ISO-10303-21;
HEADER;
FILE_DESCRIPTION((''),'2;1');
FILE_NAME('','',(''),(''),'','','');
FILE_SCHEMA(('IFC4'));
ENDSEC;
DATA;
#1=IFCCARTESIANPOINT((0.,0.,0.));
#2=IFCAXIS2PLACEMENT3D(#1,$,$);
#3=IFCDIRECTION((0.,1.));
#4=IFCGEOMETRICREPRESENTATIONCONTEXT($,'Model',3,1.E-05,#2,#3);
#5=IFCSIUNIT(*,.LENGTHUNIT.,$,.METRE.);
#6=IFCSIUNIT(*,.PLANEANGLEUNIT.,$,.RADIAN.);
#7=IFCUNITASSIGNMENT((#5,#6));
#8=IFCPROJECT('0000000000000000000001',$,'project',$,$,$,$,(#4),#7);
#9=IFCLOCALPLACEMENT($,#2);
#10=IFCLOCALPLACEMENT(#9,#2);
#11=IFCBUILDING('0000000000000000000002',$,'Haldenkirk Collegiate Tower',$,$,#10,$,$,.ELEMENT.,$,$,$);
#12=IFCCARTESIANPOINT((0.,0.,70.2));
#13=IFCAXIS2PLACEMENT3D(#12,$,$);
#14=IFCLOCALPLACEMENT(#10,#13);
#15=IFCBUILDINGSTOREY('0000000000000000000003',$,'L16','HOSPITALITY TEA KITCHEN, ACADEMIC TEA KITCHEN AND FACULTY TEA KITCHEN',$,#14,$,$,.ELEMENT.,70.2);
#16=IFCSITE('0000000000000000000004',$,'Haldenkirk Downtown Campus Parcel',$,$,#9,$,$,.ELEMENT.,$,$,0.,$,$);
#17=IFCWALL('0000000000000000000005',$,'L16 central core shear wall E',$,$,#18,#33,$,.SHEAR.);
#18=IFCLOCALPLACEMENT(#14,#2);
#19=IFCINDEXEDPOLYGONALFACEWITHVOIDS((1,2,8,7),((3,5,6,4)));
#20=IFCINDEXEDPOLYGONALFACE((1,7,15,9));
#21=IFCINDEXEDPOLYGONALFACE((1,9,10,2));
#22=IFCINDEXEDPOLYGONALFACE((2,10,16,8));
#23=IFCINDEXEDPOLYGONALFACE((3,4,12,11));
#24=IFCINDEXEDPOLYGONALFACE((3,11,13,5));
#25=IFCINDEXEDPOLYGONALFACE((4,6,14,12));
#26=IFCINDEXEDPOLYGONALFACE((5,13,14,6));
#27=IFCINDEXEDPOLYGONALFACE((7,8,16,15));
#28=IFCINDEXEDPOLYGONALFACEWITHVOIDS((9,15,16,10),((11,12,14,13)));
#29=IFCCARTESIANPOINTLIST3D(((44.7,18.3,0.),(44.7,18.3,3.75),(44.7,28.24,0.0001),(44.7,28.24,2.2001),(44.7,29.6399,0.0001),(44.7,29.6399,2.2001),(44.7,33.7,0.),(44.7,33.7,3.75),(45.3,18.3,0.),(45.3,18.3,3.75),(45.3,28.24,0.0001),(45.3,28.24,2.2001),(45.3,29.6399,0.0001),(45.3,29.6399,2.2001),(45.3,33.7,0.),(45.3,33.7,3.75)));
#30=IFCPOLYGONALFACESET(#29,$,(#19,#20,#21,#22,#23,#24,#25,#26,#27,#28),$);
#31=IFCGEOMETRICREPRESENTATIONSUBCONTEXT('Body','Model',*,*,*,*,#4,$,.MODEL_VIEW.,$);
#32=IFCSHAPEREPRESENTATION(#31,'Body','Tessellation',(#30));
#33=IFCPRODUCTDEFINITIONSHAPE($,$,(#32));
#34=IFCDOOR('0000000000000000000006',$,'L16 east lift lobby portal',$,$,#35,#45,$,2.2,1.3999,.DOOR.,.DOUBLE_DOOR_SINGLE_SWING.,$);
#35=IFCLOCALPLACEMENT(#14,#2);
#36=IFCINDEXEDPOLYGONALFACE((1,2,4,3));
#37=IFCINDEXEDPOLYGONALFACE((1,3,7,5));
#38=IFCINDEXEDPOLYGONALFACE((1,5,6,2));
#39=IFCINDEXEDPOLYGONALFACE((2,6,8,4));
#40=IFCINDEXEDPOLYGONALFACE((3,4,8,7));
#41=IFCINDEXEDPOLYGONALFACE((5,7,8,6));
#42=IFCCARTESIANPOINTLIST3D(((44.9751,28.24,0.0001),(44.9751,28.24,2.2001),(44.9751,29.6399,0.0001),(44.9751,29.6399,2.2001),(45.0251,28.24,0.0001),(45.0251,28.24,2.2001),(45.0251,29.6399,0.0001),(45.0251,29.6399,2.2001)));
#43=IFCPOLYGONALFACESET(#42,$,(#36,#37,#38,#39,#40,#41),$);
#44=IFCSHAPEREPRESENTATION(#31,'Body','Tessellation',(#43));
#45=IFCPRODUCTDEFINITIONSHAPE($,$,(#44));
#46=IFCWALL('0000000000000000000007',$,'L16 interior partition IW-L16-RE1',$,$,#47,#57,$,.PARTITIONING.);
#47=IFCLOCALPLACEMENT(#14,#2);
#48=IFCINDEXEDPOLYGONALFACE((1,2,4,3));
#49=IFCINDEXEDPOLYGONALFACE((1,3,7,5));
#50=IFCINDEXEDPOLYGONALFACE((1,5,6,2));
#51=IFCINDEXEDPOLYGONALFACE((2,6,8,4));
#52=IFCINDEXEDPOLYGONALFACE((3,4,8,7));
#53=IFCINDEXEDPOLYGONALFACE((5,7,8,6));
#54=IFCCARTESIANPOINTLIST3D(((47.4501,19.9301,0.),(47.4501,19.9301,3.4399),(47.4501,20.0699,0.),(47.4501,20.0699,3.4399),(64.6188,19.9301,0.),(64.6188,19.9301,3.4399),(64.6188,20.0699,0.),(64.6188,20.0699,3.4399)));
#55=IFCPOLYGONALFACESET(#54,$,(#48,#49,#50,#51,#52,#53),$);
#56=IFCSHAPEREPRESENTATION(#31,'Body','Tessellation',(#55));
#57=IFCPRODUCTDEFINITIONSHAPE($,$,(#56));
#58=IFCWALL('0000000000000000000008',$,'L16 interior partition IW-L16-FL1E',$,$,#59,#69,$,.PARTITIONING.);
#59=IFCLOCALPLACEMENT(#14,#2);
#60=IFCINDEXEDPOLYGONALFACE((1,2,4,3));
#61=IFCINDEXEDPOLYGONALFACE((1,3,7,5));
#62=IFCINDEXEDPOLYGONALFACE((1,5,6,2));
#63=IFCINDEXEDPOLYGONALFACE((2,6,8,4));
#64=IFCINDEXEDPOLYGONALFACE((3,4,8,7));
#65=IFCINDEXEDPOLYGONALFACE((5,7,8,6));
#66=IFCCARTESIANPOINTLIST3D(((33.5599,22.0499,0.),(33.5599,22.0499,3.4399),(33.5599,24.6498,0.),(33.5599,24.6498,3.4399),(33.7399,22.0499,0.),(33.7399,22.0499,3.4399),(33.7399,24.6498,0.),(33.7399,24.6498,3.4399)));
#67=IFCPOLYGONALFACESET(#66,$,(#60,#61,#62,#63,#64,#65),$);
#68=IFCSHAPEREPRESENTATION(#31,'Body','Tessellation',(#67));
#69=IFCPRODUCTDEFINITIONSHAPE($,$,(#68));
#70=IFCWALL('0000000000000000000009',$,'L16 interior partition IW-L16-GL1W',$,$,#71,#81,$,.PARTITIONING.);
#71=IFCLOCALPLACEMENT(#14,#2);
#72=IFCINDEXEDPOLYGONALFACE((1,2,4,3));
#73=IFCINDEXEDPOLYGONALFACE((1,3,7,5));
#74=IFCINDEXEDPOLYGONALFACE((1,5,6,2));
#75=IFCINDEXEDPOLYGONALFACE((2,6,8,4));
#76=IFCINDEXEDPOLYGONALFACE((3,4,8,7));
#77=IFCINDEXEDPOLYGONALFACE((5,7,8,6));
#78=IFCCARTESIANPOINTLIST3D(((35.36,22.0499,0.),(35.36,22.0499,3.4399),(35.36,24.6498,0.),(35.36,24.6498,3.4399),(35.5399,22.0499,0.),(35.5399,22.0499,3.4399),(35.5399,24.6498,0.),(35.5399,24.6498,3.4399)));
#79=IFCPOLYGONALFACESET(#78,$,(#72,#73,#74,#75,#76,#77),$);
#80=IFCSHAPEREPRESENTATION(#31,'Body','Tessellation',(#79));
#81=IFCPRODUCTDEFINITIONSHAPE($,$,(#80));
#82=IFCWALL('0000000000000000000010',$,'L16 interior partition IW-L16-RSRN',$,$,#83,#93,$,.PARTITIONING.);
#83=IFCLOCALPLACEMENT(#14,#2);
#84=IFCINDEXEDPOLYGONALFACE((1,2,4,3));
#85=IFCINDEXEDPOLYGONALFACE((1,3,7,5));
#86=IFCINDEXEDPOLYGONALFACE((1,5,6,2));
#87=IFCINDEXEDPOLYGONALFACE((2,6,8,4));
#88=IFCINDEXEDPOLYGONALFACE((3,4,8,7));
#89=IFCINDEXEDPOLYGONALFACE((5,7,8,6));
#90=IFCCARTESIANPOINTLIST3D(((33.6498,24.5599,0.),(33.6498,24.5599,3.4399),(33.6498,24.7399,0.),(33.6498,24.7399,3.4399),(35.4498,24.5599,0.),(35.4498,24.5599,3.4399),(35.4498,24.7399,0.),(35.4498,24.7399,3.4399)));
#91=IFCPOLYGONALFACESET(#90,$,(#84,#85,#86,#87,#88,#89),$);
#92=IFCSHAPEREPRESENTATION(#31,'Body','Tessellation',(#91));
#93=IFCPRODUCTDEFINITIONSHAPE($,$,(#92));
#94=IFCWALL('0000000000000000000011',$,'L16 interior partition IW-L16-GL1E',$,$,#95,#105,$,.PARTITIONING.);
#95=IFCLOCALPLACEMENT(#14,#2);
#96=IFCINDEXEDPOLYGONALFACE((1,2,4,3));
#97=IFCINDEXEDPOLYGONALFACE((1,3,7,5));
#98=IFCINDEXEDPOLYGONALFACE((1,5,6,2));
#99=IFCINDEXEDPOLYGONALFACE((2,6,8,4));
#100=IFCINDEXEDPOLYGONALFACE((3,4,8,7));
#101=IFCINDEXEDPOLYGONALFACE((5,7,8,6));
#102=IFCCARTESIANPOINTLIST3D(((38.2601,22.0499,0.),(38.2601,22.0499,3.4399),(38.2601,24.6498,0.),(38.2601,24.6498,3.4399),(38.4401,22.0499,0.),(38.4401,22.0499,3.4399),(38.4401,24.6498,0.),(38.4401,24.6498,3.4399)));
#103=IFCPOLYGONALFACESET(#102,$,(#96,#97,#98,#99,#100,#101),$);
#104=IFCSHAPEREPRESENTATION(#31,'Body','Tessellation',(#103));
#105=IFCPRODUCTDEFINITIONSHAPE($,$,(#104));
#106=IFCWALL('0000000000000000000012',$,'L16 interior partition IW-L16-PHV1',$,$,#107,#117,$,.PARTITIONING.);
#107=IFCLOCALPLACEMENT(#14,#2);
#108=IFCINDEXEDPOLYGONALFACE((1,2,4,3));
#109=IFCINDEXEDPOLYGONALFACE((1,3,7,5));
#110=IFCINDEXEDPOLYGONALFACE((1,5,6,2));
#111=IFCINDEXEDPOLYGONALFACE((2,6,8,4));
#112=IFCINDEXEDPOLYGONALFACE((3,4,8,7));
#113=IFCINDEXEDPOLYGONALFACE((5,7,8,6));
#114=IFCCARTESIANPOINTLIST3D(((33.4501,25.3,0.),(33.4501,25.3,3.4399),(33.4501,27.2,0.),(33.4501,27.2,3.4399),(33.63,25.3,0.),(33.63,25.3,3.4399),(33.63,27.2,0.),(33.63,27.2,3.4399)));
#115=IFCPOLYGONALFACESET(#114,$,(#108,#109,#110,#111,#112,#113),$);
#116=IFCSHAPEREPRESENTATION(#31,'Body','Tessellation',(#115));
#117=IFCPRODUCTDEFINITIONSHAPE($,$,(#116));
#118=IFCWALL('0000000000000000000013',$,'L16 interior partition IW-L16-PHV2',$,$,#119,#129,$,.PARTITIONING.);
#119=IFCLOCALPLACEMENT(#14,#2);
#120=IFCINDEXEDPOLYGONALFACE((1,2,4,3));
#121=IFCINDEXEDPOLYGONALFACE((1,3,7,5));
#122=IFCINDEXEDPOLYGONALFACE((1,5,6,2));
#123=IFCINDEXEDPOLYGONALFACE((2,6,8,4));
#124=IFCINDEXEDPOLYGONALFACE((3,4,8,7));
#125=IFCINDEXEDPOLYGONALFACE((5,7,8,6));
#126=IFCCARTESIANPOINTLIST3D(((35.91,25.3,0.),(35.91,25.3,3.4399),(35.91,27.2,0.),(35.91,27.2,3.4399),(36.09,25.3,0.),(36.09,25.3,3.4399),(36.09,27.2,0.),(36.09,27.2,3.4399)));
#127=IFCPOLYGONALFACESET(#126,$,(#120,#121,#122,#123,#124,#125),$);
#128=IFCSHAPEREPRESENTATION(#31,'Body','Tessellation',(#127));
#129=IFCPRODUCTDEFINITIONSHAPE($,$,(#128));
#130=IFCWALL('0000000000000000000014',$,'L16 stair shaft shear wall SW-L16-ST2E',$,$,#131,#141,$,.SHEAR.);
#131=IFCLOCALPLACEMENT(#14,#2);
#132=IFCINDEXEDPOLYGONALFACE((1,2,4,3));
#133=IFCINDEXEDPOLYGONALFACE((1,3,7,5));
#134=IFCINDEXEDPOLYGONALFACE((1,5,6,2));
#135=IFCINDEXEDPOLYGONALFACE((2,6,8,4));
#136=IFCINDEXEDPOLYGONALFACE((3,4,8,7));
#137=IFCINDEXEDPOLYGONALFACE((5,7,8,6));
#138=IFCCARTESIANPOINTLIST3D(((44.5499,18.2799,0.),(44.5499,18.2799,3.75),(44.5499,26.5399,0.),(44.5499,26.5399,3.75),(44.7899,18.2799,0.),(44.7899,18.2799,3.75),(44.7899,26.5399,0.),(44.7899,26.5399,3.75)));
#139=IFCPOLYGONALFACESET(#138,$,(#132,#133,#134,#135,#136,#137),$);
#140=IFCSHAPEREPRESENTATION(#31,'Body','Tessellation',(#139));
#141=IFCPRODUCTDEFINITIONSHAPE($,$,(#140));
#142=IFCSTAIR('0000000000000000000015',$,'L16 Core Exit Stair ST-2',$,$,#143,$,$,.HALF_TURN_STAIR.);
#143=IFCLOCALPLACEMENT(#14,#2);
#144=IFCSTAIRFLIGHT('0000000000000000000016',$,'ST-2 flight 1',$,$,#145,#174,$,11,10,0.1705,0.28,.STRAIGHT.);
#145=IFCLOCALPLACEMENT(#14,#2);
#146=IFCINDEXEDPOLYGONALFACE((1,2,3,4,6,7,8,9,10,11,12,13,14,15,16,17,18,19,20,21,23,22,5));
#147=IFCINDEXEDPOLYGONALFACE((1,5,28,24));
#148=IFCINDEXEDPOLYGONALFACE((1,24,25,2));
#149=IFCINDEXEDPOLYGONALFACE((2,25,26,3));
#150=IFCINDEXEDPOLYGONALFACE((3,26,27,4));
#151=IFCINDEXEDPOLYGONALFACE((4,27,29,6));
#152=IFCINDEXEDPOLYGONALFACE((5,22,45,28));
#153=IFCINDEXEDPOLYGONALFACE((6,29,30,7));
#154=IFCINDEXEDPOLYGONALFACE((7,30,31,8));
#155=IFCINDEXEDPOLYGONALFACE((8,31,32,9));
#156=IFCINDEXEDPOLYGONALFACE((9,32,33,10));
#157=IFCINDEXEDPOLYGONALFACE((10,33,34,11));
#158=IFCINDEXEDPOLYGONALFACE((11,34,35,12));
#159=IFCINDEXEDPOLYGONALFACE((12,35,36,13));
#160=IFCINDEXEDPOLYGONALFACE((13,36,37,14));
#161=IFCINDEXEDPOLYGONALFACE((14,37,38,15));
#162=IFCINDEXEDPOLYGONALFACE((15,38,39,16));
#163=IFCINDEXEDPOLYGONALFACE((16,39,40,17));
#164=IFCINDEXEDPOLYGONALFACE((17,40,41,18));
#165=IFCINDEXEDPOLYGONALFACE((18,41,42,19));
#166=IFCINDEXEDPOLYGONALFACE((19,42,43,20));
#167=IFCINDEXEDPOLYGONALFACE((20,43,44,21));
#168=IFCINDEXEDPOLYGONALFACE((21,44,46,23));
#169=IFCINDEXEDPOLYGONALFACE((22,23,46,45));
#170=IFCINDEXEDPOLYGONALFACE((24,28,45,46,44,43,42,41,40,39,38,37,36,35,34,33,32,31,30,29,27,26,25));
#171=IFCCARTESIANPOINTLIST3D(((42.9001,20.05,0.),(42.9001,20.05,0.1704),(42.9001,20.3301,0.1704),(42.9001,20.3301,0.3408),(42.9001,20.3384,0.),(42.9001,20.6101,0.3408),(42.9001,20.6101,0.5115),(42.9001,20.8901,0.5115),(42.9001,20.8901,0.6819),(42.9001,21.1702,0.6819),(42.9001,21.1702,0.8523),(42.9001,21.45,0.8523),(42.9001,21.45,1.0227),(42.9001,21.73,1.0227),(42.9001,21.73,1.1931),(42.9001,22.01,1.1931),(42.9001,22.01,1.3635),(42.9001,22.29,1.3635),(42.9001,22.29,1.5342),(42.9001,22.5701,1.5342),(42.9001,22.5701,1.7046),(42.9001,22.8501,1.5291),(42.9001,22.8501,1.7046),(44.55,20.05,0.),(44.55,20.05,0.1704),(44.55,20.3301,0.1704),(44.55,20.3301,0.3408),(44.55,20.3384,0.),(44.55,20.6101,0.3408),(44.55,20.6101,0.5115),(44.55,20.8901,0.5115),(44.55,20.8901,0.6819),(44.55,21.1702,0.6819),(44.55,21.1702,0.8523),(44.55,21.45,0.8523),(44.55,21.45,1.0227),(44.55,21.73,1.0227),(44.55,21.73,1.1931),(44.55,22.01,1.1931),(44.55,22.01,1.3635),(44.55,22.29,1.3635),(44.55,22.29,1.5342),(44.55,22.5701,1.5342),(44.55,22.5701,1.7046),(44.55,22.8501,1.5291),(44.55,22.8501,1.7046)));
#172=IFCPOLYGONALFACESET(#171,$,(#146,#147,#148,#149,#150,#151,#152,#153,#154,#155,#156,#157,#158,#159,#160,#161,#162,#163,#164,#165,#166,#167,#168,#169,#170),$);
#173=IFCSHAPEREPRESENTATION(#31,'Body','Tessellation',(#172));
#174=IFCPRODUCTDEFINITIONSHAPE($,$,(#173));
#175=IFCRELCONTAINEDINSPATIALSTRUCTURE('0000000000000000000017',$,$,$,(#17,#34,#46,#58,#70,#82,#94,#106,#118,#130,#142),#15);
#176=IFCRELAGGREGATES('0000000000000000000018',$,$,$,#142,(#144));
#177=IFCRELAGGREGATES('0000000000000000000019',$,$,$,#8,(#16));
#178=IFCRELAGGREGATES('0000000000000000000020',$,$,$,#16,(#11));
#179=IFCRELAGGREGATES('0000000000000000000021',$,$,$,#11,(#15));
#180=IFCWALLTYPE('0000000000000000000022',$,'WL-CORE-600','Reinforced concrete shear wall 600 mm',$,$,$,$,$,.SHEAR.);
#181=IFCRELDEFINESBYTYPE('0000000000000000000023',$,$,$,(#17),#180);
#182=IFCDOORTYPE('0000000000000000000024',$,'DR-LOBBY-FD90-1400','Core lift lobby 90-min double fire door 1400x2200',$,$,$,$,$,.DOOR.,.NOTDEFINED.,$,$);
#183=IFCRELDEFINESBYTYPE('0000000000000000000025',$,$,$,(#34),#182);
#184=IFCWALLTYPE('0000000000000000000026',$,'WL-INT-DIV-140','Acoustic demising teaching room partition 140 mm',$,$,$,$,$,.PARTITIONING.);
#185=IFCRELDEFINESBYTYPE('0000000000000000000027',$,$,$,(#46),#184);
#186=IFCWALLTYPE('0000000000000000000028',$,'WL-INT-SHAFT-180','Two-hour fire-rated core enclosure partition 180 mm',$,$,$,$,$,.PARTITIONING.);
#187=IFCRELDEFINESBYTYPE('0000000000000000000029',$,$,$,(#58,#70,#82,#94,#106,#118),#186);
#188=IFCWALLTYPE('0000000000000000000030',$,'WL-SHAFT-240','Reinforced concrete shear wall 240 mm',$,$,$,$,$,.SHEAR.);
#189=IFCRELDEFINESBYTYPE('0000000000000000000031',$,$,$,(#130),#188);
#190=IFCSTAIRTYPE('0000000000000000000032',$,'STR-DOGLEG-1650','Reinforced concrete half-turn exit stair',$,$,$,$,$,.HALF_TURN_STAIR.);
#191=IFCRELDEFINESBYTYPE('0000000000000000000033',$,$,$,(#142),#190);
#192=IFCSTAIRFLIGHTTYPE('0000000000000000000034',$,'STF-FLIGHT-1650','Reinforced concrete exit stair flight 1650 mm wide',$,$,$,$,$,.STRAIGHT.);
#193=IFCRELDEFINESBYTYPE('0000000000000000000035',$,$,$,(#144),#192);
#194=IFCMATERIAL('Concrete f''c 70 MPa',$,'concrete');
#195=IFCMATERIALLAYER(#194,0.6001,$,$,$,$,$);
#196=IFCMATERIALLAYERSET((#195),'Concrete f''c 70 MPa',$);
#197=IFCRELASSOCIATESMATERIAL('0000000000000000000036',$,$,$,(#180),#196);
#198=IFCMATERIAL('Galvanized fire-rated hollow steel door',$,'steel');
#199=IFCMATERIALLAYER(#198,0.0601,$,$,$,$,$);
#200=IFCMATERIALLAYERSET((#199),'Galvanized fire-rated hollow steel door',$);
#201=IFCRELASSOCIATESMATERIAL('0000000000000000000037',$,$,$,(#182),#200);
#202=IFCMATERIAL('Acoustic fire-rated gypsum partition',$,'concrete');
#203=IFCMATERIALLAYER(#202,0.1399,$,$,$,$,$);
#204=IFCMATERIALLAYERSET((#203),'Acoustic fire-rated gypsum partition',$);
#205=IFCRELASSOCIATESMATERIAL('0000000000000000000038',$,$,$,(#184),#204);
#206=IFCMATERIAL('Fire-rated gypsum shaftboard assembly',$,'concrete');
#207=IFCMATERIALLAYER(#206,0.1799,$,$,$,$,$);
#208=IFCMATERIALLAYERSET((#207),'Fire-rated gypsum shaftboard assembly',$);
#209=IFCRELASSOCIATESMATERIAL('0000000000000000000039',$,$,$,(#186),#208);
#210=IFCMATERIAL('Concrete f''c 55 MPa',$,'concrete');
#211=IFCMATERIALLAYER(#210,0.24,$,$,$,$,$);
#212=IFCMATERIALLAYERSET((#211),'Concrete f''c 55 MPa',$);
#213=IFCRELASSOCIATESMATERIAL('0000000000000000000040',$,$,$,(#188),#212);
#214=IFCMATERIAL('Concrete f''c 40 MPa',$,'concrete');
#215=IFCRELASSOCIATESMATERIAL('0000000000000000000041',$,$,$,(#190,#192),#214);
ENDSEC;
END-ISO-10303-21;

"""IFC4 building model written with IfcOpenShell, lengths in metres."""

from ifc_helpers import new_model, si_unit, direction, frame, frame_2d, origin, place, context, subcontext, project, spatial, polyline, rectangle, outline, extrude, material, layer, layer_set, type_object, element, fill, aggregate, save


model = new_model("IFC4")

# Units and contexts
model_context = context("Model", 3, precision=1e-05, world=origin(), true_north=direction((0.0, 1.0)))
body_context = subcontext(model_context, "Body", "Model", "MODEL_VIEW")
ifc_project = project(units=[si_unit("LENGTHUNIT", "METRE"), si_unit("PLANEANGLEUNIT", "RADIAN")], contexts=[model_context])

# Site, building, storey
site_placement = place(None, origin())
site = spatial("IfcSite", under=ifc_project, at=site_placement, Name="Haldenkirk Downtown Campus Parcel", CompositionType="ELEMENT", RefElevation=0.0)
building_placement = place(site_placement, origin())
building = spatial("IfcBuilding", under=site, at=building_placement, Name="Haldenkirk Collegiate Tower", CompositionType="ELEMENT")
storey_placement = place(building_placement, frame((0.0, 0.0, 70.2)))
storey = spatial("IfcBuildingStorey", under=building, at=storey_placement, Name="L16", Description="HOSPITALITY TEA KITCHEN, ACADEMIC TEA KITCHEN AND FACULTY TEA KITCHEN", CompositionType="ELEMENT", Elevation=70.2)

# Wall, opening, door
ifc_material_1 = material(Name="Concrete f'c 70 MPa", Category="concrete")
ifc_layer_1 = layer(ifc_material_1, 0.6001)
ifc_layer_set_1 = layer_set([ifc_layer_1], Name="Concrete f'c 70 MPa")
wall_type_1 = type_object("IfcWallType", Name="WL-CORE-600", Description="Reinforced concrete shear wall 600 mm", PredefinedType="SHEAR", material=ifc_layer_set_1)
wall_1_placement = place(storey_placement, frame((45.0, 18.3, 0.0), z_axis=(0.0, 0.0, 1.0), x_axis=(0.0, 1.0, 0.0)))
wall_1 = element("IfcWall", 1, at=wall_1_placement, inside=storey, type_object=wall_type_1, Name="L16 central core shear wall E", PredefinedType="SHEAR", context=body_context, shape_type="SweptSolid", body=[
    extrude(rectangle(XDim=15.3999, YDim=0.6001, at=frame_2d((7.7, 0.0))), origin(), (0.0, 0.0, 1.0), 3.75),
])
opening_1_placement = place(wall_1_placement, frame((9.9399, 0.0, 0.0)))
opening_1 = element("IfcOpeningElement", 2, at=opening_1_placement, cuts=wall_1, PredefinedType="OPENING", context=body_context, shape_type="SweptSolid", body=[
    extrude(rectangle(XDim=1.3999, YDim=2.2, at=frame_2d((0.7, 1.1001))), frame((0.0, 0.3101, 0.0), z_axis=(0.0, -1.0, 0.0), x_axis=(1.0, 0.0, 0.0)), (0.0, 0.0, 1.0), 0.6201),
])
ifc_material_2 = material(Name="Galvanized fire-rated hollow steel door", Category="steel")
ifc_layer_2 = layer(ifc_material_2, 0.0601)
ifc_layer_set_2 = layer_set([ifc_layer_2], Name="Galvanized fire-rated hollow steel door")
door_type_1 = type_object("IfcDoorType", Name="DR-LOBBY-FD90-1400", Description="Core lift lobby 90-min double fire door 1400x2200", OperationType="NOTDEFINED", PredefinedType="DOOR", material=ifc_layer_set_2)
door_1_placement = place(opening_1_placement, origin())
door_1 = element("IfcDoor", 3, at=door_1_placement, inside=storey, type_object=door_type_1, Name="L16 east lift lobby portal", OperationType="DOUBLE_DOOR_SINGLE_SWING", OverallHeight=2.2, OverallWidth=1.3999, PredefinedType="DOOR", context=body_context, shape_type="SweptSolid", body=[
    extrude(rectangle(XDim=1.3999, YDim=2.2, at=frame_2d((0.7, 1.1001))), frame((0.0, 0.0249, 0.0), z_axis=(0.0, -1.0, 0.0), x_axis=(1.0, 0.0, 0.0)), (0.0, 0.0, 1.0), 0.05),
])
fill(opening_1, door_1)

# Walls
ifc_material_3 = material(Name="Acoustic fire-rated gypsum partition", Category="concrete")
ifc_layer_3 = layer(ifc_material_3, 0.1399)
ifc_layer_set_3 = layer_set([ifc_layer_3], Name="Acoustic fire-rated gypsum partition")
wall_type_2 = type_object("IfcWallType", Name="WL-INT-DIV-140", Description="Acoustic demising teaching room partition 140 mm", PredefinedType="PARTITIONING", material=ifc_layer_set_3)
wall_2_placement = place(storey_placement, frame((47.45, 20.0, 0.0), z_axis=(0.0, 0.0, 1.0), x_axis=(1.0, 0.0, 0.0)))
element("IfcWall", 4, at=wall_2_placement, inside=storey, type_object=wall_type_2, Name="L16 interior partition IW-L16-RE1", PredefinedType="PARTITIONING", context=body_context, shape_type="SweptSolid", body=[
    extrude(rectangle(XDim=17.1687, YDim=0.1399, at=frame_2d((8.5845, 0.0))), origin(), (0.0, 0.0, 1.0), 3.4399),
])
ifc_material_4 = material(Name="Fire-rated gypsum shaftboard assembly", Category="concrete")
ifc_layer_4 = layer(ifc_material_4, 0.1799)
ifc_layer_set_4 = layer_set([ifc_layer_4], Name="Fire-rated gypsum shaftboard assembly")
wall_type_3 = type_object("IfcWallType", Name="WL-INT-SHAFT-180", Description="Two-hour fire-rated core enclosure partition 180 mm", PredefinedType="PARTITIONING", material=ifc_layer_set_4)
for number, where, z_axis, x_axis, name in (
    (5, (33.6499, 22.05, 0.0), (0.0, 0.0, 1.0), (0.0, 1.0, 0.0), "L16 interior partition IW-L16-FL1E"),
    (6, (35.45, 22.05, 0.0), (0.0, 0.0, 1.0), (0.0, 1.0, 0.0), "L16 interior partition IW-L16-GL1W"),
):
    element("IfcWall", number, at=place(storey_placement, frame(where, z_axis=z_axis, x_axis=x_axis)), inside=storey, type_object=wall_type_3, Name=name, PredefinedType="PARTITIONING", context=body_context, shape_type="SweptSolid", body=[
        extrude(rectangle(XDim=2.5999, YDim=0.1799, at=frame_2d((1.2998, 0.0))), origin(), (0.0, 0.0, 1.0), 3.4399),
    ])
wall_3_placement = place(storey_placement, frame((33.6499, 24.6499, 0.0), z_axis=(0.0, 0.0, 1.0), x_axis=(1.0, 0.0, 0.0)))
element("IfcWall", 7, at=wall_3_placement, inside=storey, type_object=wall_type_3, Name="L16 interior partition IW-L16-RSRN", PredefinedType="PARTITIONING", context=body_context, shape_type="SweptSolid", body=[
    extrude(rectangle(XDim=1.8, YDim=0.1799, at=frame_2d((0.8999, 0.0))), origin(), (0.0, 0.0, 1.0), 3.4399),
])
wall_4_placement = place(storey_placement, frame((38.3501, 22.05, 0.0), z_axis=(0.0, 0.0, 1.0), x_axis=(0.0, 1.0, 0.0)))
element("IfcWall", 8, at=wall_4_placement, inside=storey, type_object=wall_type_3, Name="L16 interior partition IW-L16-GL1E", PredefinedType="PARTITIONING", context=body_context, shape_type="SweptSolid", body=[
    extrude(rectangle(XDim=2.5999, YDim=0.1799, at=frame_2d((1.2998, 0.0))), origin(), (0.0, 0.0, 1.0), 3.4399),
])
for number, where, z_axis, x_axis, name in (
    (9, (33.54, 25.3, 0.0), (0.0, 0.0, 1.0), (0.0, 1.0, 0.0), "L16 interior partition IW-L16-PHV1"),
    (10, (36.0, 25.3, 0.0), (0.0, 0.0, 1.0), (0.0, 1.0, 0.0), "L16 interior partition IW-L16-PHV2"),
):
    element("IfcWall", number, at=place(storey_placement, frame(where, z_axis=z_axis, x_axis=x_axis)), inside=storey, type_object=wall_type_3, Name=name, PredefinedType="PARTITIONING", context=body_context, shape_type="SweptSolid", body=[
        extrude(rectangle(XDim=1.8999, YDim=0.1799, at=frame_2d((0.95, 0.0))), origin(), (0.0, 0.0, 1.0), 3.4399),
    ])

# Wall
ifc_material_5 = material(Name="Concrete f'c 55 MPa", Category="concrete")
ifc_layer_5 = layer(ifc_material_5, 0.24)
ifc_layer_set_5 = layer_set([ifc_layer_5], Name="Concrete f'c 55 MPa")
wall_type_4 = type_object("IfcWallType", Name="WL-SHAFT-240", Description="Reinforced concrete shear wall 240 mm", PredefinedType="SHEAR", material=ifc_layer_set_5)
wall_5_placement = place(storey_placement, frame((44.6699, 18.28, 0.0), z_axis=(0.0, 0.0, 1.0), x_axis=(0.0, 1.0, 0.0)))
element("IfcWall", 11, at=wall_5_placement, inside=storey, type_object=wall_type_4, Name="L16 stair shaft shear wall SW-L16-ST2E", PredefinedType="SHEAR", context=body_context, shape_type="SweptSolid", body=[
    extrude(rectangle(XDim=8.26, YDim=0.24, at=frame_2d((4.1299, 0.0))), origin(), (0.0, 0.0, 1.0), 3.75),
])

# Stair, stair flight
ifc_material_6 = material(Name="Concrete f'c 40 MPa", Category="concrete")
stair_type = type_object("IfcStairType", Name="STR-DOGLEG-1650", Description="Reinforced concrete half-turn exit stair", PredefinedType="HALF_TURN_STAIR", material=ifc_material_6)
stair_placement = place(storey_placement, origin())
stair = element("IfcStair", 12, at=stair_placement, inside=storey, type_object=stair_type, Name="L16 Core Exit Stair ST-2", PredefinedType="HALF_TURN_STAIR")
stair_flight_type = type_object("IfcStairFlightType", Name="STF-FLIGHT-1650", Description="Reinforced concrete exit stair flight 1650 mm wide", PredefinedType="STRAIGHT", material=ifc_material_6)
stair_flight_1_placement = place(storey_placement, frame((43.7251, 20.05, 0.0), z_axis=(0.0, 0.0, 1.0), x_axis=(0.0, 1.0, 0.0)))
stair_flight_1 = element("IfcStairFlight", 13, at=stair_flight_1_placement, type_object=stair_flight_type, Name="ST-2 flight 1", NumberOfRisers=11, NumberOfTreads=10, PredefinedType="STRAIGHT", RiserHeight=0.1705, TreadLength=0.28, context=body_context, shape_type="SweptSolid", body=[
    extrude(outline(polyline([(0.0, 0.0), (0.0, 0.1704), (0.28, 0.1704), (0.28, 0.3408), (0.5601, 0.3408), (0.5601, 0.5115), (0.8401, 0.5115), (0.8401, 0.6819), (1.1201, 0.6819), (1.1201, 0.8523), (1.3999, 0.8523), (1.3999, 1.0227), (1.6799, 1.0227), (1.6799, 1.1931), (1.96, 1.1931), (1.96, 1.3635), (2.24, 1.3635), (2.24, 1.5342), (2.52, 1.5342), (2.52, 1.7046), (2.8, 1.7046), (2.8, 1.875), (2.8, 1.5291), (0.2883, 0.0), (0.0, 0.0)])), frame((0.0, 0.825, 0.0), z_axis=(0.0, -1.0, 0.0), x_axis=(1.0, 0.0, 0.0)), (0.0, 0.0, 1.0), 1.6499),
])
aggregate(stair, [stair_flight_1])

save(model, "model.ifc")
